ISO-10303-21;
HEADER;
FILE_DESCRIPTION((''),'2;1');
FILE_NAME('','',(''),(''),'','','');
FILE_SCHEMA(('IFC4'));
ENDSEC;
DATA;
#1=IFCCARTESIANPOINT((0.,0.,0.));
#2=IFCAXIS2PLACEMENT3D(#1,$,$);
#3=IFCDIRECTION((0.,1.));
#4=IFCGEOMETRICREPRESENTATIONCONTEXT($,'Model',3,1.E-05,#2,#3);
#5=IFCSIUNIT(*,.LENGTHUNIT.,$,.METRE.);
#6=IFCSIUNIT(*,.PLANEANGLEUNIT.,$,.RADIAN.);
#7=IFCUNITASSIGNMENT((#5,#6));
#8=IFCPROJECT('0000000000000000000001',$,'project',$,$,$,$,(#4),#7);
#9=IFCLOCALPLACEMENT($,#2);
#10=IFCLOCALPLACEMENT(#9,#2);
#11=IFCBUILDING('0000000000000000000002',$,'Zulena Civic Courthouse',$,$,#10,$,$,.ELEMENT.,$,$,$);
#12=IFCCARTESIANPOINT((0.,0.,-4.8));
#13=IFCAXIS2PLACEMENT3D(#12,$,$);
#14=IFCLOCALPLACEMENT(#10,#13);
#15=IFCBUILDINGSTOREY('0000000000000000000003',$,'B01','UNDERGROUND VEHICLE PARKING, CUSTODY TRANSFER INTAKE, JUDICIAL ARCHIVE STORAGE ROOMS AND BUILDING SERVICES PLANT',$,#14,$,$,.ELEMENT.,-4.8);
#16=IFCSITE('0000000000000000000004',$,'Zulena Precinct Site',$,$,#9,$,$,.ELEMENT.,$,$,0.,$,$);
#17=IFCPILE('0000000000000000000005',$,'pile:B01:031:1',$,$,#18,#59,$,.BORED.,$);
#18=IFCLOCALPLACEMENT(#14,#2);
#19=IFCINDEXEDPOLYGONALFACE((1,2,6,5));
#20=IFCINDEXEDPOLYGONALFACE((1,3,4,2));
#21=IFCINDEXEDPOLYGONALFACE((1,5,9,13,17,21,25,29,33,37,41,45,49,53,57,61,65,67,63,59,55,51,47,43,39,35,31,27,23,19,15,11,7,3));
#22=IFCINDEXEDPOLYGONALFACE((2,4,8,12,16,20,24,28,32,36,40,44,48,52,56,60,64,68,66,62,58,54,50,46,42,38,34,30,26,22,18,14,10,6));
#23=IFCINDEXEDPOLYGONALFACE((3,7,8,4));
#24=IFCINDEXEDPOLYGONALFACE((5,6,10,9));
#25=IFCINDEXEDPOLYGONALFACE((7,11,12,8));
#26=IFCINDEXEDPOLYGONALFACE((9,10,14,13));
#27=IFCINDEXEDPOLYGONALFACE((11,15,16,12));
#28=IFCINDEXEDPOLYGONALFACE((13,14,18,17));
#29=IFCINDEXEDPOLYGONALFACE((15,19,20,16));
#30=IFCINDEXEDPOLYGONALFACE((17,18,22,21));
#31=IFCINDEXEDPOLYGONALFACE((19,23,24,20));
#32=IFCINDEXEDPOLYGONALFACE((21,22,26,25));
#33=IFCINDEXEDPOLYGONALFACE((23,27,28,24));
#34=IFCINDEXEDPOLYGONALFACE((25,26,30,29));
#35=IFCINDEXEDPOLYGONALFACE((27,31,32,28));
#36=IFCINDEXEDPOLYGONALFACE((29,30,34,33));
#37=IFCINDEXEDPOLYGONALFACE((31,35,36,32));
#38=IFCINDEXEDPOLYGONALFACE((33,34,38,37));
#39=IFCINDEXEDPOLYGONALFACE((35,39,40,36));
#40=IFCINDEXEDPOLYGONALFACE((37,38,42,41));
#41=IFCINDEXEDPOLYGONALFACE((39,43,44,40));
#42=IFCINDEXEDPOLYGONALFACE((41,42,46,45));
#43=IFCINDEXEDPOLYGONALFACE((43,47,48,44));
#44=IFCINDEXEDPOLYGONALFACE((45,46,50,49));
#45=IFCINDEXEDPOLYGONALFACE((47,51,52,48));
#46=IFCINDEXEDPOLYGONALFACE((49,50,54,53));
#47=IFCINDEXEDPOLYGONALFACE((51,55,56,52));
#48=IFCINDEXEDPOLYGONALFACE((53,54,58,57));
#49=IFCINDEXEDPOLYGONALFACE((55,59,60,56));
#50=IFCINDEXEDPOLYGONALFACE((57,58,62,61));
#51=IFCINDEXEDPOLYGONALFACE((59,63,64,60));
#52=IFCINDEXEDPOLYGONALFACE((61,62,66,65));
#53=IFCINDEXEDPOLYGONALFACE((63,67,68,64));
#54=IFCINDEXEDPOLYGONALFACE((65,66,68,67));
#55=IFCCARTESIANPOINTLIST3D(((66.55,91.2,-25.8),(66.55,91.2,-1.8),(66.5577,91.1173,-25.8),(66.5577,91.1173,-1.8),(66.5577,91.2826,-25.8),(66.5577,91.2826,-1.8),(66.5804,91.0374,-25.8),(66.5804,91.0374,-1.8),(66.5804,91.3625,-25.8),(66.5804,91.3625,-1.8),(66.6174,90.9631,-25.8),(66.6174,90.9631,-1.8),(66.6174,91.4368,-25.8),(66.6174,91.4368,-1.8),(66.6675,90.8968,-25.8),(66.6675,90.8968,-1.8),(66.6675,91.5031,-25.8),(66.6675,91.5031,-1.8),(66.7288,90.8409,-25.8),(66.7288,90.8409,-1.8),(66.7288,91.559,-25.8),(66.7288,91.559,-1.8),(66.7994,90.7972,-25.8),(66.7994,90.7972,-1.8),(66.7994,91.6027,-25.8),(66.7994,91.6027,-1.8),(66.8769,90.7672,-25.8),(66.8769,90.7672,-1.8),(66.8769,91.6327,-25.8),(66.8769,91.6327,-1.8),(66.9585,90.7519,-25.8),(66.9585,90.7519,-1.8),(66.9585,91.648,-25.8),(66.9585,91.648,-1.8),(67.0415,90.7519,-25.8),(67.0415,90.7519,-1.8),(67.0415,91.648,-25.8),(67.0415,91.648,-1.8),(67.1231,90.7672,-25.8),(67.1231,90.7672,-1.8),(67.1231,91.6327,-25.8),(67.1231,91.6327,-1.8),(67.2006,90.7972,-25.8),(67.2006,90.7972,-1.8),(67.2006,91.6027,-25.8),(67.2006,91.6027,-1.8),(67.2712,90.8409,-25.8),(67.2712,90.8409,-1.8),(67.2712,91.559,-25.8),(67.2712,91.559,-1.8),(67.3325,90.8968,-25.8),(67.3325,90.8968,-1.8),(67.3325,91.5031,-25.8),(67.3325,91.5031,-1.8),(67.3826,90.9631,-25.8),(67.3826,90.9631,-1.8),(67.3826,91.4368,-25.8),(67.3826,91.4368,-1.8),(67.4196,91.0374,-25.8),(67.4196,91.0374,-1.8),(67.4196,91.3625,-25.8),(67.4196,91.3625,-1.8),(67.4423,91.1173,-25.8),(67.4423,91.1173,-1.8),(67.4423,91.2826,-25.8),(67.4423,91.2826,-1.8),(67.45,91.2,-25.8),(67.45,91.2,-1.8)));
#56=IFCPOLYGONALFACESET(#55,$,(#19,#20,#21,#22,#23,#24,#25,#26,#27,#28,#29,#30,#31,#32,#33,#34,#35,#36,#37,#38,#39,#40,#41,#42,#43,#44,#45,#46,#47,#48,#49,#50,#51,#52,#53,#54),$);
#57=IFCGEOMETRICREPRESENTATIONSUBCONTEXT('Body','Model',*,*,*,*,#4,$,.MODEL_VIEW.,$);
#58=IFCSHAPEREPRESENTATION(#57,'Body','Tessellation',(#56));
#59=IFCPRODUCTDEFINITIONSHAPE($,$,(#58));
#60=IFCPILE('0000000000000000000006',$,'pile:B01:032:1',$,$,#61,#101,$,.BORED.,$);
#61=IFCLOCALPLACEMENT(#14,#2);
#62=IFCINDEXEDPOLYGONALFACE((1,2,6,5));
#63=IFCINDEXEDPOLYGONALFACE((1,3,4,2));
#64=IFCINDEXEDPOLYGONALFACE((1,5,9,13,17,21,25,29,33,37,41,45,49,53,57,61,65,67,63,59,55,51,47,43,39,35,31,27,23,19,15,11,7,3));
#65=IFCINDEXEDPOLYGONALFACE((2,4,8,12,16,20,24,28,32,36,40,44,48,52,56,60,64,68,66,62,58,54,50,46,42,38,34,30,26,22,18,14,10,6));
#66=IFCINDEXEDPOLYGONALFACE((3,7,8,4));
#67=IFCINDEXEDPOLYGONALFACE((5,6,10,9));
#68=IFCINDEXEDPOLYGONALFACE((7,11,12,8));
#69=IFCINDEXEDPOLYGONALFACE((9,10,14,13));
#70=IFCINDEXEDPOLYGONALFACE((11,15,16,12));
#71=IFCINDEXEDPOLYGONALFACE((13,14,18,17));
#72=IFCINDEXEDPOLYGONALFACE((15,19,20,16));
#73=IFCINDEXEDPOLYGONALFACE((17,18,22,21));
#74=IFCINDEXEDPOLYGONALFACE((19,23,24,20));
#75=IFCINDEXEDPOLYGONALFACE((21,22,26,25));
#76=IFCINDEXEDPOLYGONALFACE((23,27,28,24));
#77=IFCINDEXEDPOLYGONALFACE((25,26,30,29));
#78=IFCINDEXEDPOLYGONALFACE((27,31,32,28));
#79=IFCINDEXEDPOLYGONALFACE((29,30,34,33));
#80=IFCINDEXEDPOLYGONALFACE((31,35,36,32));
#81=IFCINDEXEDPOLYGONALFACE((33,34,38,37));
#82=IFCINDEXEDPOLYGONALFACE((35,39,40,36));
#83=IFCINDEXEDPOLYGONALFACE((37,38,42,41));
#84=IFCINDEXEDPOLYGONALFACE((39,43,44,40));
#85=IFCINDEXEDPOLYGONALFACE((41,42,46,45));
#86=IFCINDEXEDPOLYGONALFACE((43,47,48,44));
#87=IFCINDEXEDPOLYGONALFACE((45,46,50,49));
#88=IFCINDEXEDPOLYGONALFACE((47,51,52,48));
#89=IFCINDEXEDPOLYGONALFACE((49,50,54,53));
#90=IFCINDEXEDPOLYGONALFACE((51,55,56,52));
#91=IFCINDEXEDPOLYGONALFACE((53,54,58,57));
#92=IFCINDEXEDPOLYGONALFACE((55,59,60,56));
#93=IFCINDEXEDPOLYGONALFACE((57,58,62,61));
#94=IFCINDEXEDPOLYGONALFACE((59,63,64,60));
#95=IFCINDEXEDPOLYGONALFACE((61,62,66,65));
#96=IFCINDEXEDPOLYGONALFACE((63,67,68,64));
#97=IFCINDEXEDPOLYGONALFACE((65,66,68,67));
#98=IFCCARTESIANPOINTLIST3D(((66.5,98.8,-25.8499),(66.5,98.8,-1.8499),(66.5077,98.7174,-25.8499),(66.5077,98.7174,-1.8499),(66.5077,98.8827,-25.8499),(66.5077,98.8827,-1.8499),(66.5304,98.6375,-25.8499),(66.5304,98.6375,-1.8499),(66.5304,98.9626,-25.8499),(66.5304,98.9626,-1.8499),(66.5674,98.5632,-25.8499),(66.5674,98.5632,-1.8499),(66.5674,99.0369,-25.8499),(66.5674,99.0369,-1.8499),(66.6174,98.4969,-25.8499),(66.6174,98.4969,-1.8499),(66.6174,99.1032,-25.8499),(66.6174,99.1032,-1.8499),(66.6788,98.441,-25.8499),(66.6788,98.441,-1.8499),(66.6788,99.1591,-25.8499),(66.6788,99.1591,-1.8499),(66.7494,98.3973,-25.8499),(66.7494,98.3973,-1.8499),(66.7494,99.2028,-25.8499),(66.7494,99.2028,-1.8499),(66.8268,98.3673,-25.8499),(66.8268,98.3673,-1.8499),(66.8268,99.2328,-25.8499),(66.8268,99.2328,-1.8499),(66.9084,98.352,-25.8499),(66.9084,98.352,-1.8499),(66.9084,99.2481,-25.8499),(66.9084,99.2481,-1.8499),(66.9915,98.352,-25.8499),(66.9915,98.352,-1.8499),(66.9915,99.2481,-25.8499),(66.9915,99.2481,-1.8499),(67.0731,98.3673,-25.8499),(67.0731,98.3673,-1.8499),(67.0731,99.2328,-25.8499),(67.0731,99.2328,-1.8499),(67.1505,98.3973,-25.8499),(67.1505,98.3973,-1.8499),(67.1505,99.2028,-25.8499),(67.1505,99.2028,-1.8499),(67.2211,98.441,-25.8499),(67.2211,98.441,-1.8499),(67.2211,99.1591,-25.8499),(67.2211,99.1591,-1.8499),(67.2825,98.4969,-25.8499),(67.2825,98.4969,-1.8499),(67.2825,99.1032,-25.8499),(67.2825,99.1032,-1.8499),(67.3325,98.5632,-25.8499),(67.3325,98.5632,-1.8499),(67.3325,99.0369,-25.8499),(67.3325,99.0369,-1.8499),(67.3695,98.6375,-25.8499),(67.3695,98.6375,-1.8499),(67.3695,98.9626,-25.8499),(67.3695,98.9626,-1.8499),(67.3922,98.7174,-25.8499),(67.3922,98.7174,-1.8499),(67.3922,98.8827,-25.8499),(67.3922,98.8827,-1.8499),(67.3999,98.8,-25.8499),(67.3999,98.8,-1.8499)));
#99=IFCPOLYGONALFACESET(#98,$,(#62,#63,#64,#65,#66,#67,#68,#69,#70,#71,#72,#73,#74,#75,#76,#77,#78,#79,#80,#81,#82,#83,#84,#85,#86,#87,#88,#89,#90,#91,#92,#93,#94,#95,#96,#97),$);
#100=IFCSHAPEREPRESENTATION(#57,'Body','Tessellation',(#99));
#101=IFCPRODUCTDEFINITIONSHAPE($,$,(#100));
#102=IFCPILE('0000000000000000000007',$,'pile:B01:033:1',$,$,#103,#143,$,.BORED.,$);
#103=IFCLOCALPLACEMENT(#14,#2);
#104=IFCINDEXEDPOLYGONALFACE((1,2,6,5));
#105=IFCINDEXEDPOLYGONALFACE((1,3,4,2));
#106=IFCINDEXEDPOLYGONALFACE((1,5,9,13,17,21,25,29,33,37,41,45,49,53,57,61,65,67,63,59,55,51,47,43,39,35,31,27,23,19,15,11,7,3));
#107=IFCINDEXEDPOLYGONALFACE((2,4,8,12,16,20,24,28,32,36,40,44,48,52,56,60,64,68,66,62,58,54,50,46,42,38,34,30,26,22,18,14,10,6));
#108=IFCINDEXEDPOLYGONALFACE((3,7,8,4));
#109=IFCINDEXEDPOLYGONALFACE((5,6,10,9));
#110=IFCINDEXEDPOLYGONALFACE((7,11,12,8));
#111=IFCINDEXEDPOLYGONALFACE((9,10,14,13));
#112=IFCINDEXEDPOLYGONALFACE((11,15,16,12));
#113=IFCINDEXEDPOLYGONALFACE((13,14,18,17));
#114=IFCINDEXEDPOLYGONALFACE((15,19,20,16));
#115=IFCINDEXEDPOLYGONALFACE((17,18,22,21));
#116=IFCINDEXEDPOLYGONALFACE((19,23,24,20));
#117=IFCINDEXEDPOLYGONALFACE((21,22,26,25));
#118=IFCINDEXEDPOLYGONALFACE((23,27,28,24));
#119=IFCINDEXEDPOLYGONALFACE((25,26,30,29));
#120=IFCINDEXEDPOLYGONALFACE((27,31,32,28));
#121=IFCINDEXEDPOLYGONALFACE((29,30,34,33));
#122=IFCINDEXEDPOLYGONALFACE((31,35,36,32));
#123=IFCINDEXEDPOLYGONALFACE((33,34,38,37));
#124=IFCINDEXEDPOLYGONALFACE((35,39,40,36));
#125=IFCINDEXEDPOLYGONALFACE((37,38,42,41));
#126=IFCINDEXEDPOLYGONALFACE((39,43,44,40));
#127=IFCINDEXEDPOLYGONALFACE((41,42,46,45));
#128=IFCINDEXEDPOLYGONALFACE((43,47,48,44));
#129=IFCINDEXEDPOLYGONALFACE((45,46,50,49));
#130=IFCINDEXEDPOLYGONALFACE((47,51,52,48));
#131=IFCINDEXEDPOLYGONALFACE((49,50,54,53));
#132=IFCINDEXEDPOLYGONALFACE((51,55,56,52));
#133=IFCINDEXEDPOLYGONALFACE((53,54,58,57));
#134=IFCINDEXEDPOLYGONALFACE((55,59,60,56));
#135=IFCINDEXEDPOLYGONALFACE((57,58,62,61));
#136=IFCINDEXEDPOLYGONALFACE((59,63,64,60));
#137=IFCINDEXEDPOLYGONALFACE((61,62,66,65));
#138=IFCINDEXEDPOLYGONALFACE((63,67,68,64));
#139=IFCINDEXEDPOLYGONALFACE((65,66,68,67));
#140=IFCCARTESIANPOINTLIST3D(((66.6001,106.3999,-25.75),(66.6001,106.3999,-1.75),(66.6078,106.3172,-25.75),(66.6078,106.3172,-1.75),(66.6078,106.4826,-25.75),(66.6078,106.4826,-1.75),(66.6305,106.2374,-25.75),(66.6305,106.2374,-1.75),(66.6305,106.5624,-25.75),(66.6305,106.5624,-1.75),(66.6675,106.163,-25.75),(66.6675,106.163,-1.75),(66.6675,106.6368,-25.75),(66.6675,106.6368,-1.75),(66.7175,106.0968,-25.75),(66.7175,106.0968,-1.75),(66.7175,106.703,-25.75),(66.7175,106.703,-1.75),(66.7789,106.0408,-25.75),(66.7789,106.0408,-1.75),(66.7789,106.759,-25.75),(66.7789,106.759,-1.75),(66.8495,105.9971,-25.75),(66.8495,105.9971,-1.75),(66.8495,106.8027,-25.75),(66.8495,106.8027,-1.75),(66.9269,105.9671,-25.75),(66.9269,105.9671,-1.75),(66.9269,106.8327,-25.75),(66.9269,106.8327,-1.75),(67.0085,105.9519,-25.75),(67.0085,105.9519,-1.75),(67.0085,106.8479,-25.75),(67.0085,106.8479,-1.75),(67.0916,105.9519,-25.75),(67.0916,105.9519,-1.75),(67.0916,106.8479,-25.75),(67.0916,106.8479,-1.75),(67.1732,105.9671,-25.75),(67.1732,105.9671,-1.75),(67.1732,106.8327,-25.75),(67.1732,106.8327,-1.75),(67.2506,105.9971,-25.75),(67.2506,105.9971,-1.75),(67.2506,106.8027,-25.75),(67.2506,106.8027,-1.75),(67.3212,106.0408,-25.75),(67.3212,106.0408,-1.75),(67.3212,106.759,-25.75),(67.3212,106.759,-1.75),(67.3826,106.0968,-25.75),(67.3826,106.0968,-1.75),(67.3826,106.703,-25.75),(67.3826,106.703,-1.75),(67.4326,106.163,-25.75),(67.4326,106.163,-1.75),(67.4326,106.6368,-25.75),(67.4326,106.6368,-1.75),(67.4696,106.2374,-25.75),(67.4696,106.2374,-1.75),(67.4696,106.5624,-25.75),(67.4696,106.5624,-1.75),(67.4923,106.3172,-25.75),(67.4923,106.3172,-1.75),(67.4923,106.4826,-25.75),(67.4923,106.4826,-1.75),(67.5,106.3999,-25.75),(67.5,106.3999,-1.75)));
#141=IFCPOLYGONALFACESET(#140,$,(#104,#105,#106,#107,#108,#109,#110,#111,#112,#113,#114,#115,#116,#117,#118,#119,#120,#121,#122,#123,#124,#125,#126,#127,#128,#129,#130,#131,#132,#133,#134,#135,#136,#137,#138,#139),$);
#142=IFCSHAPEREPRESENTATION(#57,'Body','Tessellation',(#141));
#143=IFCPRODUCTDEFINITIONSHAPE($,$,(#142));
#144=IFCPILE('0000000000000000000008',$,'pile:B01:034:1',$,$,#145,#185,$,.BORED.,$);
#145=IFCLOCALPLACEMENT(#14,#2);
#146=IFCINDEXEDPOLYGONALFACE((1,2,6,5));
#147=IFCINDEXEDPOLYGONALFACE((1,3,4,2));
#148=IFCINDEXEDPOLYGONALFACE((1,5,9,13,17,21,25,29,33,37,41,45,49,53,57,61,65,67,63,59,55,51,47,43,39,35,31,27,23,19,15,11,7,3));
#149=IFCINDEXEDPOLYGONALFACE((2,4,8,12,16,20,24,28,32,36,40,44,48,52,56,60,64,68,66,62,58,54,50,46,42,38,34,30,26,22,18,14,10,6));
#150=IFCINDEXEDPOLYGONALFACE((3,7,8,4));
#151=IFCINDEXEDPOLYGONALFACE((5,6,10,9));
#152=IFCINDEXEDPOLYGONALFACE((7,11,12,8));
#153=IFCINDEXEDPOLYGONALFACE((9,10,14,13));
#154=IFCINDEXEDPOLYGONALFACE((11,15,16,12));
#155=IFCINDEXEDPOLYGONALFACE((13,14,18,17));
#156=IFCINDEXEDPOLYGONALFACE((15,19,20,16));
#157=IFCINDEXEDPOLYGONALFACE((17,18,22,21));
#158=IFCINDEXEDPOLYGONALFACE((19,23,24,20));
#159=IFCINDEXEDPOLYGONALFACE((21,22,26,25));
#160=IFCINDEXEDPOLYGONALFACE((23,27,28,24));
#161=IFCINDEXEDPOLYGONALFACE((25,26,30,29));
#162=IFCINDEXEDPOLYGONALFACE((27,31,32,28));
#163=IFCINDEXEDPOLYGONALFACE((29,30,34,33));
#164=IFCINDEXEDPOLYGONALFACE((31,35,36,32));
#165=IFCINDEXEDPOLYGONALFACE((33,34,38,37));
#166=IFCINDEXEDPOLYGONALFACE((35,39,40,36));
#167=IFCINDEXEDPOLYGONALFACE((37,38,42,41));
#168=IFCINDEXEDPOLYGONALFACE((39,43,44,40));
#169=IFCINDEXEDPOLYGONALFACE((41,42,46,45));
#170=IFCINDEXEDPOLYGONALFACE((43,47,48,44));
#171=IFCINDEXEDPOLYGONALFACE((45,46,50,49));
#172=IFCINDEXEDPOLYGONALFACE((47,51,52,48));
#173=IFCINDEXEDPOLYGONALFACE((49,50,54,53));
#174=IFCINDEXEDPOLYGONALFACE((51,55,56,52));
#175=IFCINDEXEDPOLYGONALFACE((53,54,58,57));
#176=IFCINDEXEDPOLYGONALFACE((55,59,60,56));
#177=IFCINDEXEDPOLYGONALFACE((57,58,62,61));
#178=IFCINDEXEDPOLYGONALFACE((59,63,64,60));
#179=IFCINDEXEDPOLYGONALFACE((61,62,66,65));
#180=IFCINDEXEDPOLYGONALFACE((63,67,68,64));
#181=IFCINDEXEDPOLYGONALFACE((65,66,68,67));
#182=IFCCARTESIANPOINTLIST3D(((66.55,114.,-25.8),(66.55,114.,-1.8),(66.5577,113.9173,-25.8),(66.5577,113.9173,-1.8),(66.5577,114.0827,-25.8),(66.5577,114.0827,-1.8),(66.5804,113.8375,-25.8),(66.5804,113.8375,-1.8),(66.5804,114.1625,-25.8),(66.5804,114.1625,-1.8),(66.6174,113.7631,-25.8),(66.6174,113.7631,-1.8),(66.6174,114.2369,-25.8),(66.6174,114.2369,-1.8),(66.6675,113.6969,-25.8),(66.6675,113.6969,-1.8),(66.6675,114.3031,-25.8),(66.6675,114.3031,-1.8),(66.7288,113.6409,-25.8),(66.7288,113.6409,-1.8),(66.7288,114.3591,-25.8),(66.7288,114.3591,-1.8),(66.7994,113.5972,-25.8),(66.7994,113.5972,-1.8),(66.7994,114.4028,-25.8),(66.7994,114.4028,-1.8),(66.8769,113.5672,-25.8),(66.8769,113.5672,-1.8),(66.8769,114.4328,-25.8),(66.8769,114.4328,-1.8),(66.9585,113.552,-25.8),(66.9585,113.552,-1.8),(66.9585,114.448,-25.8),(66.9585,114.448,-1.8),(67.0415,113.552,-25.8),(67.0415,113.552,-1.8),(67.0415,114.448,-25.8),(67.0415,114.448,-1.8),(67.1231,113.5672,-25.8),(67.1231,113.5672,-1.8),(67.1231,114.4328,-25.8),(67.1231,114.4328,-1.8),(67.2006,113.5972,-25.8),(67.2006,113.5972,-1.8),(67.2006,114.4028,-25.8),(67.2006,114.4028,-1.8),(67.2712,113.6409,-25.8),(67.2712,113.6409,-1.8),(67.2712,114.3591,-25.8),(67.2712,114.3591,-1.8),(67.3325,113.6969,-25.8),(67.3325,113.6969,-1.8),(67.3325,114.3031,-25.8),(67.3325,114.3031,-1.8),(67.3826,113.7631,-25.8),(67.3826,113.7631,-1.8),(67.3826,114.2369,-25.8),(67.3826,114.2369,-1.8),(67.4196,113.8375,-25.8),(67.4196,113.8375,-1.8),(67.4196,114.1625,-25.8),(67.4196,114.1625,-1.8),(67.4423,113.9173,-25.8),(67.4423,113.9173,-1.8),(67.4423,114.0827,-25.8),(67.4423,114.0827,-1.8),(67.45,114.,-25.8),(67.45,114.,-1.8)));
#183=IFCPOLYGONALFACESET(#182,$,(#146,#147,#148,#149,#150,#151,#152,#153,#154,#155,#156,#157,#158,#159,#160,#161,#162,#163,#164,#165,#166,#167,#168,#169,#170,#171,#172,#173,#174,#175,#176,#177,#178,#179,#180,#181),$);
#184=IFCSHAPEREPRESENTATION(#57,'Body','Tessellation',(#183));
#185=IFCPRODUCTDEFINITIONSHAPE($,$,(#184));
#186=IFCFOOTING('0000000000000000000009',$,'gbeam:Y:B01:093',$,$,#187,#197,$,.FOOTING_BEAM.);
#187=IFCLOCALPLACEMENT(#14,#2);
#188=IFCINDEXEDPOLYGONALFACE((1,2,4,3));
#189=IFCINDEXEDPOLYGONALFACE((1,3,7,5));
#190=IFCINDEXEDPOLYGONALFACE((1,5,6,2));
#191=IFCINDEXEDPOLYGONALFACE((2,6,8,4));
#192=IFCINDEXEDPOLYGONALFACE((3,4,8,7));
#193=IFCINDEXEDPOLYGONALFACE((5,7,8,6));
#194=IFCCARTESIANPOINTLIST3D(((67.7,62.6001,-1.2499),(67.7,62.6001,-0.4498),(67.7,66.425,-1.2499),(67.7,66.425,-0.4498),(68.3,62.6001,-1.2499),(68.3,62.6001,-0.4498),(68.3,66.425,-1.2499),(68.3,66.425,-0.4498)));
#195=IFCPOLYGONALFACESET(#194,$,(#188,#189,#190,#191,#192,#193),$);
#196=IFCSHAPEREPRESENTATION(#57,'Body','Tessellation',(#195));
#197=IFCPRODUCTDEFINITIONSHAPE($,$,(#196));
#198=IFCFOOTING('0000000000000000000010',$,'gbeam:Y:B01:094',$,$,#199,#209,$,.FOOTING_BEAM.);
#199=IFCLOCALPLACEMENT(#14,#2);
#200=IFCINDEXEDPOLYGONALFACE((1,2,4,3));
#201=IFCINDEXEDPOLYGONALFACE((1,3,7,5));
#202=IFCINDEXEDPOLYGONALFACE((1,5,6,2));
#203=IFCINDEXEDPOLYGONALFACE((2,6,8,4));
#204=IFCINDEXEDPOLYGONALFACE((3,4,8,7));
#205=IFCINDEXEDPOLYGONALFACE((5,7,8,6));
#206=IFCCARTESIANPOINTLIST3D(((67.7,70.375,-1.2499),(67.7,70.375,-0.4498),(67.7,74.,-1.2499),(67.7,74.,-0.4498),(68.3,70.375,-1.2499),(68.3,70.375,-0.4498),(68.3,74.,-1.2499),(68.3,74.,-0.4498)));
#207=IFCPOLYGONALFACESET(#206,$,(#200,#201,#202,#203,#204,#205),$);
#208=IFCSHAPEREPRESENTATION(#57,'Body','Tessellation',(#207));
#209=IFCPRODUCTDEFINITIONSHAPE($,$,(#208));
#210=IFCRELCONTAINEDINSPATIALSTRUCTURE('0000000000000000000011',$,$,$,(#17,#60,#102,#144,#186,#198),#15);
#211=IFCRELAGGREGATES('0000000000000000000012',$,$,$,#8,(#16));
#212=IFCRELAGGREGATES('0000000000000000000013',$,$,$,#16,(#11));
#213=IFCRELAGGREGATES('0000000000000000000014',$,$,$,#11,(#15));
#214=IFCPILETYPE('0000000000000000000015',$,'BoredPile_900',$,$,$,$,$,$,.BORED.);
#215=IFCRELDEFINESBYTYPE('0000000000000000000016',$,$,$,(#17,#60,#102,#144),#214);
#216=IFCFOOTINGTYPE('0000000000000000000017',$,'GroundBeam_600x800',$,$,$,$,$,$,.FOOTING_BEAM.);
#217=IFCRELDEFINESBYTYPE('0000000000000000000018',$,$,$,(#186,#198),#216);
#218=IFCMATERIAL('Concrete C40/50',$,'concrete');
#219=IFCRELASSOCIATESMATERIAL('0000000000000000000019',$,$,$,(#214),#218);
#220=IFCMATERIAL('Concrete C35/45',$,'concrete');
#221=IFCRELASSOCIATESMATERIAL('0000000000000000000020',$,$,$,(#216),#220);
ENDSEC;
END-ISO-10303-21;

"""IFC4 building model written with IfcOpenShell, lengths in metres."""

from ifc_helpers import new_model, si_unit, direction, frame, origin, origin_2d, place, context, subcontext, project, spatial, rectangle, circle, extrude, material, material_profile, profile_set, type_object, element, save


model = new_model("IFC4")

# Units and contexts
model_context = context("Model", 3, precision=1e-05, world=origin(), true_north=direction((0.0, 1.0)))
body_context = subcontext(model_context, "Body", "Model", "MODEL_VIEW")
ifc_project = project(units=[si_unit("LENGTHUNIT", "METRE"), si_unit("PLANEANGLEUNIT", "RADIAN")], contexts=[model_context])

# Site, building, storey
site_placement = place(None, origin())
site = spatial("IfcSite", under=ifc_project, at=site_placement, Name="Zulena Precinct Site", CompositionType="ELEMENT", RefElevation=0.0)
building_placement = place(site_placement, origin())
building = spatial("IfcBuilding", under=site, at=building_placement, Name="Zulena Civic Courthouse", CompositionType="ELEMENT")
storey_placement = place(building_placement, frame((0.0, 0.0, -4.8)))
storey = spatial("IfcBuildingStorey", under=building, at=storey_placement, Name="B01", Description="UNDERGROUND VEHICLE PARKING, CUSTODY TRANSFER INTAKE, JUDICIAL ARCHIVE STORAGE ROOMS AND BUILDING SERVICES PLANT", CompositionType="ELEMENT", Elevation=-4.8)

# Piles
ifc_material_1 = material(Name="Concrete C40/50", Category="concrete")
ifc_material_profile_1 = material_profile(ifc_material_1, circle(Radius=0.45, at=origin_2d()), Name="PILE900")
ifc_profile_set_1 = profile_set([ifc_material_profile_1], Name="Concrete C40/50")
pile_type_1 = type_object("IfcPileType", Name="BoredPile_900", PredefinedType="BORED", material=ifc_profile_set_1)
for number, where, z_axis, x_axis, name in (
    (1, (67.0, 91.2, -1.8), (0.0, 0.0, -1.0), (1.0, 0.0, 0.0), "pile:B01:031:1"),
    (2, (66.95, 98.8, -1.8499), (0.0, 0.0, -1.0), (1.0, 0.0, 0.0), "pile:B01:032:1"),
    (3, (67.05, 106.3999, -1.75), (0.0, 0.0, -1.0), (1.0, 0.0, 0.0), "pile:B01:033:1"),
    (4, (67.0, 114.0, -1.8), (0.0, 0.0, -1.0), (1.0, 0.0, 0.0), "pile:B01:034:1"),
):
    element("IfcPile", number, at=place(storey_placement, frame(where, z_axis=z_axis, x_axis=x_axis)), inside=storey, type_object=pile_type_1, Name=name, PredefinedType="BORED", context=body_context, shape_type="SweptSolid", body=[
        extrude(circle(Radius=0.45, at=origin_2d()), origin(), (0.0, 0.0, 1.0), 24.0),
    ])

# Footings
ifc_material_2 = material(Name="Concrete C35/45", Category="concrete")
ifc_material_profile_2 = material_profile(ifc_material_2, rectangle(XDim=0.6001, YDim=0.8, at=origin_2d()), Name="RC600X800")
ifc_profile_set_2 = profile_set([ifc_material_profile_2], Name="Concrete C35/45")
footing_type_1 = type_object("IfcFootingType", Name="GroundBeam_600x800", PredefinedType="FOOTING_BEAM", material=ifc_profile_set_2)
footing_1_placement = place(storey_placement, frame((68.0, 62.6001, -0.8499), z_axis=(0.0, 1.0, 0.0), x_axis=(-1.0, 0.0, 0.0)))
element("IfcFooting", 5, at=footing_1_placement, inside=storey, type_object=footing_type_1, Name="gbeam:Y:B01:093", PredefinedType="FOOTING_BEAM", context=body_context, shape_type="SweptSolid", body=[
    extrude(rectangle(XDim=0.6001, YDim=0.8, at=origin_2d()), origin(), (0.0, 0.0, 1.0), 3.825),
])
footing_2_placement = place(storey_placement, frame((68.0, 70.375, -0.8499), z_axis=(0.0, 1.0, 0.0), x_axis=(-1.0, 0.0, 0.0)))
element("IfcFooting", 6, at=footing_2_placement, inside=storey, type_object=footing_type_1, Name="gbeam:Y:B01:094", PredefinedType="FOOTING_BEAM", context=body_context, shape_type="SweptSolid", body=[
    extrude(rectangle(XDim=0.6001, YDim=0.8, at=origin_2d()), origin(), (0.0, 0.0, 1.0), 3.625),
])

save(model, "model.ifc")
